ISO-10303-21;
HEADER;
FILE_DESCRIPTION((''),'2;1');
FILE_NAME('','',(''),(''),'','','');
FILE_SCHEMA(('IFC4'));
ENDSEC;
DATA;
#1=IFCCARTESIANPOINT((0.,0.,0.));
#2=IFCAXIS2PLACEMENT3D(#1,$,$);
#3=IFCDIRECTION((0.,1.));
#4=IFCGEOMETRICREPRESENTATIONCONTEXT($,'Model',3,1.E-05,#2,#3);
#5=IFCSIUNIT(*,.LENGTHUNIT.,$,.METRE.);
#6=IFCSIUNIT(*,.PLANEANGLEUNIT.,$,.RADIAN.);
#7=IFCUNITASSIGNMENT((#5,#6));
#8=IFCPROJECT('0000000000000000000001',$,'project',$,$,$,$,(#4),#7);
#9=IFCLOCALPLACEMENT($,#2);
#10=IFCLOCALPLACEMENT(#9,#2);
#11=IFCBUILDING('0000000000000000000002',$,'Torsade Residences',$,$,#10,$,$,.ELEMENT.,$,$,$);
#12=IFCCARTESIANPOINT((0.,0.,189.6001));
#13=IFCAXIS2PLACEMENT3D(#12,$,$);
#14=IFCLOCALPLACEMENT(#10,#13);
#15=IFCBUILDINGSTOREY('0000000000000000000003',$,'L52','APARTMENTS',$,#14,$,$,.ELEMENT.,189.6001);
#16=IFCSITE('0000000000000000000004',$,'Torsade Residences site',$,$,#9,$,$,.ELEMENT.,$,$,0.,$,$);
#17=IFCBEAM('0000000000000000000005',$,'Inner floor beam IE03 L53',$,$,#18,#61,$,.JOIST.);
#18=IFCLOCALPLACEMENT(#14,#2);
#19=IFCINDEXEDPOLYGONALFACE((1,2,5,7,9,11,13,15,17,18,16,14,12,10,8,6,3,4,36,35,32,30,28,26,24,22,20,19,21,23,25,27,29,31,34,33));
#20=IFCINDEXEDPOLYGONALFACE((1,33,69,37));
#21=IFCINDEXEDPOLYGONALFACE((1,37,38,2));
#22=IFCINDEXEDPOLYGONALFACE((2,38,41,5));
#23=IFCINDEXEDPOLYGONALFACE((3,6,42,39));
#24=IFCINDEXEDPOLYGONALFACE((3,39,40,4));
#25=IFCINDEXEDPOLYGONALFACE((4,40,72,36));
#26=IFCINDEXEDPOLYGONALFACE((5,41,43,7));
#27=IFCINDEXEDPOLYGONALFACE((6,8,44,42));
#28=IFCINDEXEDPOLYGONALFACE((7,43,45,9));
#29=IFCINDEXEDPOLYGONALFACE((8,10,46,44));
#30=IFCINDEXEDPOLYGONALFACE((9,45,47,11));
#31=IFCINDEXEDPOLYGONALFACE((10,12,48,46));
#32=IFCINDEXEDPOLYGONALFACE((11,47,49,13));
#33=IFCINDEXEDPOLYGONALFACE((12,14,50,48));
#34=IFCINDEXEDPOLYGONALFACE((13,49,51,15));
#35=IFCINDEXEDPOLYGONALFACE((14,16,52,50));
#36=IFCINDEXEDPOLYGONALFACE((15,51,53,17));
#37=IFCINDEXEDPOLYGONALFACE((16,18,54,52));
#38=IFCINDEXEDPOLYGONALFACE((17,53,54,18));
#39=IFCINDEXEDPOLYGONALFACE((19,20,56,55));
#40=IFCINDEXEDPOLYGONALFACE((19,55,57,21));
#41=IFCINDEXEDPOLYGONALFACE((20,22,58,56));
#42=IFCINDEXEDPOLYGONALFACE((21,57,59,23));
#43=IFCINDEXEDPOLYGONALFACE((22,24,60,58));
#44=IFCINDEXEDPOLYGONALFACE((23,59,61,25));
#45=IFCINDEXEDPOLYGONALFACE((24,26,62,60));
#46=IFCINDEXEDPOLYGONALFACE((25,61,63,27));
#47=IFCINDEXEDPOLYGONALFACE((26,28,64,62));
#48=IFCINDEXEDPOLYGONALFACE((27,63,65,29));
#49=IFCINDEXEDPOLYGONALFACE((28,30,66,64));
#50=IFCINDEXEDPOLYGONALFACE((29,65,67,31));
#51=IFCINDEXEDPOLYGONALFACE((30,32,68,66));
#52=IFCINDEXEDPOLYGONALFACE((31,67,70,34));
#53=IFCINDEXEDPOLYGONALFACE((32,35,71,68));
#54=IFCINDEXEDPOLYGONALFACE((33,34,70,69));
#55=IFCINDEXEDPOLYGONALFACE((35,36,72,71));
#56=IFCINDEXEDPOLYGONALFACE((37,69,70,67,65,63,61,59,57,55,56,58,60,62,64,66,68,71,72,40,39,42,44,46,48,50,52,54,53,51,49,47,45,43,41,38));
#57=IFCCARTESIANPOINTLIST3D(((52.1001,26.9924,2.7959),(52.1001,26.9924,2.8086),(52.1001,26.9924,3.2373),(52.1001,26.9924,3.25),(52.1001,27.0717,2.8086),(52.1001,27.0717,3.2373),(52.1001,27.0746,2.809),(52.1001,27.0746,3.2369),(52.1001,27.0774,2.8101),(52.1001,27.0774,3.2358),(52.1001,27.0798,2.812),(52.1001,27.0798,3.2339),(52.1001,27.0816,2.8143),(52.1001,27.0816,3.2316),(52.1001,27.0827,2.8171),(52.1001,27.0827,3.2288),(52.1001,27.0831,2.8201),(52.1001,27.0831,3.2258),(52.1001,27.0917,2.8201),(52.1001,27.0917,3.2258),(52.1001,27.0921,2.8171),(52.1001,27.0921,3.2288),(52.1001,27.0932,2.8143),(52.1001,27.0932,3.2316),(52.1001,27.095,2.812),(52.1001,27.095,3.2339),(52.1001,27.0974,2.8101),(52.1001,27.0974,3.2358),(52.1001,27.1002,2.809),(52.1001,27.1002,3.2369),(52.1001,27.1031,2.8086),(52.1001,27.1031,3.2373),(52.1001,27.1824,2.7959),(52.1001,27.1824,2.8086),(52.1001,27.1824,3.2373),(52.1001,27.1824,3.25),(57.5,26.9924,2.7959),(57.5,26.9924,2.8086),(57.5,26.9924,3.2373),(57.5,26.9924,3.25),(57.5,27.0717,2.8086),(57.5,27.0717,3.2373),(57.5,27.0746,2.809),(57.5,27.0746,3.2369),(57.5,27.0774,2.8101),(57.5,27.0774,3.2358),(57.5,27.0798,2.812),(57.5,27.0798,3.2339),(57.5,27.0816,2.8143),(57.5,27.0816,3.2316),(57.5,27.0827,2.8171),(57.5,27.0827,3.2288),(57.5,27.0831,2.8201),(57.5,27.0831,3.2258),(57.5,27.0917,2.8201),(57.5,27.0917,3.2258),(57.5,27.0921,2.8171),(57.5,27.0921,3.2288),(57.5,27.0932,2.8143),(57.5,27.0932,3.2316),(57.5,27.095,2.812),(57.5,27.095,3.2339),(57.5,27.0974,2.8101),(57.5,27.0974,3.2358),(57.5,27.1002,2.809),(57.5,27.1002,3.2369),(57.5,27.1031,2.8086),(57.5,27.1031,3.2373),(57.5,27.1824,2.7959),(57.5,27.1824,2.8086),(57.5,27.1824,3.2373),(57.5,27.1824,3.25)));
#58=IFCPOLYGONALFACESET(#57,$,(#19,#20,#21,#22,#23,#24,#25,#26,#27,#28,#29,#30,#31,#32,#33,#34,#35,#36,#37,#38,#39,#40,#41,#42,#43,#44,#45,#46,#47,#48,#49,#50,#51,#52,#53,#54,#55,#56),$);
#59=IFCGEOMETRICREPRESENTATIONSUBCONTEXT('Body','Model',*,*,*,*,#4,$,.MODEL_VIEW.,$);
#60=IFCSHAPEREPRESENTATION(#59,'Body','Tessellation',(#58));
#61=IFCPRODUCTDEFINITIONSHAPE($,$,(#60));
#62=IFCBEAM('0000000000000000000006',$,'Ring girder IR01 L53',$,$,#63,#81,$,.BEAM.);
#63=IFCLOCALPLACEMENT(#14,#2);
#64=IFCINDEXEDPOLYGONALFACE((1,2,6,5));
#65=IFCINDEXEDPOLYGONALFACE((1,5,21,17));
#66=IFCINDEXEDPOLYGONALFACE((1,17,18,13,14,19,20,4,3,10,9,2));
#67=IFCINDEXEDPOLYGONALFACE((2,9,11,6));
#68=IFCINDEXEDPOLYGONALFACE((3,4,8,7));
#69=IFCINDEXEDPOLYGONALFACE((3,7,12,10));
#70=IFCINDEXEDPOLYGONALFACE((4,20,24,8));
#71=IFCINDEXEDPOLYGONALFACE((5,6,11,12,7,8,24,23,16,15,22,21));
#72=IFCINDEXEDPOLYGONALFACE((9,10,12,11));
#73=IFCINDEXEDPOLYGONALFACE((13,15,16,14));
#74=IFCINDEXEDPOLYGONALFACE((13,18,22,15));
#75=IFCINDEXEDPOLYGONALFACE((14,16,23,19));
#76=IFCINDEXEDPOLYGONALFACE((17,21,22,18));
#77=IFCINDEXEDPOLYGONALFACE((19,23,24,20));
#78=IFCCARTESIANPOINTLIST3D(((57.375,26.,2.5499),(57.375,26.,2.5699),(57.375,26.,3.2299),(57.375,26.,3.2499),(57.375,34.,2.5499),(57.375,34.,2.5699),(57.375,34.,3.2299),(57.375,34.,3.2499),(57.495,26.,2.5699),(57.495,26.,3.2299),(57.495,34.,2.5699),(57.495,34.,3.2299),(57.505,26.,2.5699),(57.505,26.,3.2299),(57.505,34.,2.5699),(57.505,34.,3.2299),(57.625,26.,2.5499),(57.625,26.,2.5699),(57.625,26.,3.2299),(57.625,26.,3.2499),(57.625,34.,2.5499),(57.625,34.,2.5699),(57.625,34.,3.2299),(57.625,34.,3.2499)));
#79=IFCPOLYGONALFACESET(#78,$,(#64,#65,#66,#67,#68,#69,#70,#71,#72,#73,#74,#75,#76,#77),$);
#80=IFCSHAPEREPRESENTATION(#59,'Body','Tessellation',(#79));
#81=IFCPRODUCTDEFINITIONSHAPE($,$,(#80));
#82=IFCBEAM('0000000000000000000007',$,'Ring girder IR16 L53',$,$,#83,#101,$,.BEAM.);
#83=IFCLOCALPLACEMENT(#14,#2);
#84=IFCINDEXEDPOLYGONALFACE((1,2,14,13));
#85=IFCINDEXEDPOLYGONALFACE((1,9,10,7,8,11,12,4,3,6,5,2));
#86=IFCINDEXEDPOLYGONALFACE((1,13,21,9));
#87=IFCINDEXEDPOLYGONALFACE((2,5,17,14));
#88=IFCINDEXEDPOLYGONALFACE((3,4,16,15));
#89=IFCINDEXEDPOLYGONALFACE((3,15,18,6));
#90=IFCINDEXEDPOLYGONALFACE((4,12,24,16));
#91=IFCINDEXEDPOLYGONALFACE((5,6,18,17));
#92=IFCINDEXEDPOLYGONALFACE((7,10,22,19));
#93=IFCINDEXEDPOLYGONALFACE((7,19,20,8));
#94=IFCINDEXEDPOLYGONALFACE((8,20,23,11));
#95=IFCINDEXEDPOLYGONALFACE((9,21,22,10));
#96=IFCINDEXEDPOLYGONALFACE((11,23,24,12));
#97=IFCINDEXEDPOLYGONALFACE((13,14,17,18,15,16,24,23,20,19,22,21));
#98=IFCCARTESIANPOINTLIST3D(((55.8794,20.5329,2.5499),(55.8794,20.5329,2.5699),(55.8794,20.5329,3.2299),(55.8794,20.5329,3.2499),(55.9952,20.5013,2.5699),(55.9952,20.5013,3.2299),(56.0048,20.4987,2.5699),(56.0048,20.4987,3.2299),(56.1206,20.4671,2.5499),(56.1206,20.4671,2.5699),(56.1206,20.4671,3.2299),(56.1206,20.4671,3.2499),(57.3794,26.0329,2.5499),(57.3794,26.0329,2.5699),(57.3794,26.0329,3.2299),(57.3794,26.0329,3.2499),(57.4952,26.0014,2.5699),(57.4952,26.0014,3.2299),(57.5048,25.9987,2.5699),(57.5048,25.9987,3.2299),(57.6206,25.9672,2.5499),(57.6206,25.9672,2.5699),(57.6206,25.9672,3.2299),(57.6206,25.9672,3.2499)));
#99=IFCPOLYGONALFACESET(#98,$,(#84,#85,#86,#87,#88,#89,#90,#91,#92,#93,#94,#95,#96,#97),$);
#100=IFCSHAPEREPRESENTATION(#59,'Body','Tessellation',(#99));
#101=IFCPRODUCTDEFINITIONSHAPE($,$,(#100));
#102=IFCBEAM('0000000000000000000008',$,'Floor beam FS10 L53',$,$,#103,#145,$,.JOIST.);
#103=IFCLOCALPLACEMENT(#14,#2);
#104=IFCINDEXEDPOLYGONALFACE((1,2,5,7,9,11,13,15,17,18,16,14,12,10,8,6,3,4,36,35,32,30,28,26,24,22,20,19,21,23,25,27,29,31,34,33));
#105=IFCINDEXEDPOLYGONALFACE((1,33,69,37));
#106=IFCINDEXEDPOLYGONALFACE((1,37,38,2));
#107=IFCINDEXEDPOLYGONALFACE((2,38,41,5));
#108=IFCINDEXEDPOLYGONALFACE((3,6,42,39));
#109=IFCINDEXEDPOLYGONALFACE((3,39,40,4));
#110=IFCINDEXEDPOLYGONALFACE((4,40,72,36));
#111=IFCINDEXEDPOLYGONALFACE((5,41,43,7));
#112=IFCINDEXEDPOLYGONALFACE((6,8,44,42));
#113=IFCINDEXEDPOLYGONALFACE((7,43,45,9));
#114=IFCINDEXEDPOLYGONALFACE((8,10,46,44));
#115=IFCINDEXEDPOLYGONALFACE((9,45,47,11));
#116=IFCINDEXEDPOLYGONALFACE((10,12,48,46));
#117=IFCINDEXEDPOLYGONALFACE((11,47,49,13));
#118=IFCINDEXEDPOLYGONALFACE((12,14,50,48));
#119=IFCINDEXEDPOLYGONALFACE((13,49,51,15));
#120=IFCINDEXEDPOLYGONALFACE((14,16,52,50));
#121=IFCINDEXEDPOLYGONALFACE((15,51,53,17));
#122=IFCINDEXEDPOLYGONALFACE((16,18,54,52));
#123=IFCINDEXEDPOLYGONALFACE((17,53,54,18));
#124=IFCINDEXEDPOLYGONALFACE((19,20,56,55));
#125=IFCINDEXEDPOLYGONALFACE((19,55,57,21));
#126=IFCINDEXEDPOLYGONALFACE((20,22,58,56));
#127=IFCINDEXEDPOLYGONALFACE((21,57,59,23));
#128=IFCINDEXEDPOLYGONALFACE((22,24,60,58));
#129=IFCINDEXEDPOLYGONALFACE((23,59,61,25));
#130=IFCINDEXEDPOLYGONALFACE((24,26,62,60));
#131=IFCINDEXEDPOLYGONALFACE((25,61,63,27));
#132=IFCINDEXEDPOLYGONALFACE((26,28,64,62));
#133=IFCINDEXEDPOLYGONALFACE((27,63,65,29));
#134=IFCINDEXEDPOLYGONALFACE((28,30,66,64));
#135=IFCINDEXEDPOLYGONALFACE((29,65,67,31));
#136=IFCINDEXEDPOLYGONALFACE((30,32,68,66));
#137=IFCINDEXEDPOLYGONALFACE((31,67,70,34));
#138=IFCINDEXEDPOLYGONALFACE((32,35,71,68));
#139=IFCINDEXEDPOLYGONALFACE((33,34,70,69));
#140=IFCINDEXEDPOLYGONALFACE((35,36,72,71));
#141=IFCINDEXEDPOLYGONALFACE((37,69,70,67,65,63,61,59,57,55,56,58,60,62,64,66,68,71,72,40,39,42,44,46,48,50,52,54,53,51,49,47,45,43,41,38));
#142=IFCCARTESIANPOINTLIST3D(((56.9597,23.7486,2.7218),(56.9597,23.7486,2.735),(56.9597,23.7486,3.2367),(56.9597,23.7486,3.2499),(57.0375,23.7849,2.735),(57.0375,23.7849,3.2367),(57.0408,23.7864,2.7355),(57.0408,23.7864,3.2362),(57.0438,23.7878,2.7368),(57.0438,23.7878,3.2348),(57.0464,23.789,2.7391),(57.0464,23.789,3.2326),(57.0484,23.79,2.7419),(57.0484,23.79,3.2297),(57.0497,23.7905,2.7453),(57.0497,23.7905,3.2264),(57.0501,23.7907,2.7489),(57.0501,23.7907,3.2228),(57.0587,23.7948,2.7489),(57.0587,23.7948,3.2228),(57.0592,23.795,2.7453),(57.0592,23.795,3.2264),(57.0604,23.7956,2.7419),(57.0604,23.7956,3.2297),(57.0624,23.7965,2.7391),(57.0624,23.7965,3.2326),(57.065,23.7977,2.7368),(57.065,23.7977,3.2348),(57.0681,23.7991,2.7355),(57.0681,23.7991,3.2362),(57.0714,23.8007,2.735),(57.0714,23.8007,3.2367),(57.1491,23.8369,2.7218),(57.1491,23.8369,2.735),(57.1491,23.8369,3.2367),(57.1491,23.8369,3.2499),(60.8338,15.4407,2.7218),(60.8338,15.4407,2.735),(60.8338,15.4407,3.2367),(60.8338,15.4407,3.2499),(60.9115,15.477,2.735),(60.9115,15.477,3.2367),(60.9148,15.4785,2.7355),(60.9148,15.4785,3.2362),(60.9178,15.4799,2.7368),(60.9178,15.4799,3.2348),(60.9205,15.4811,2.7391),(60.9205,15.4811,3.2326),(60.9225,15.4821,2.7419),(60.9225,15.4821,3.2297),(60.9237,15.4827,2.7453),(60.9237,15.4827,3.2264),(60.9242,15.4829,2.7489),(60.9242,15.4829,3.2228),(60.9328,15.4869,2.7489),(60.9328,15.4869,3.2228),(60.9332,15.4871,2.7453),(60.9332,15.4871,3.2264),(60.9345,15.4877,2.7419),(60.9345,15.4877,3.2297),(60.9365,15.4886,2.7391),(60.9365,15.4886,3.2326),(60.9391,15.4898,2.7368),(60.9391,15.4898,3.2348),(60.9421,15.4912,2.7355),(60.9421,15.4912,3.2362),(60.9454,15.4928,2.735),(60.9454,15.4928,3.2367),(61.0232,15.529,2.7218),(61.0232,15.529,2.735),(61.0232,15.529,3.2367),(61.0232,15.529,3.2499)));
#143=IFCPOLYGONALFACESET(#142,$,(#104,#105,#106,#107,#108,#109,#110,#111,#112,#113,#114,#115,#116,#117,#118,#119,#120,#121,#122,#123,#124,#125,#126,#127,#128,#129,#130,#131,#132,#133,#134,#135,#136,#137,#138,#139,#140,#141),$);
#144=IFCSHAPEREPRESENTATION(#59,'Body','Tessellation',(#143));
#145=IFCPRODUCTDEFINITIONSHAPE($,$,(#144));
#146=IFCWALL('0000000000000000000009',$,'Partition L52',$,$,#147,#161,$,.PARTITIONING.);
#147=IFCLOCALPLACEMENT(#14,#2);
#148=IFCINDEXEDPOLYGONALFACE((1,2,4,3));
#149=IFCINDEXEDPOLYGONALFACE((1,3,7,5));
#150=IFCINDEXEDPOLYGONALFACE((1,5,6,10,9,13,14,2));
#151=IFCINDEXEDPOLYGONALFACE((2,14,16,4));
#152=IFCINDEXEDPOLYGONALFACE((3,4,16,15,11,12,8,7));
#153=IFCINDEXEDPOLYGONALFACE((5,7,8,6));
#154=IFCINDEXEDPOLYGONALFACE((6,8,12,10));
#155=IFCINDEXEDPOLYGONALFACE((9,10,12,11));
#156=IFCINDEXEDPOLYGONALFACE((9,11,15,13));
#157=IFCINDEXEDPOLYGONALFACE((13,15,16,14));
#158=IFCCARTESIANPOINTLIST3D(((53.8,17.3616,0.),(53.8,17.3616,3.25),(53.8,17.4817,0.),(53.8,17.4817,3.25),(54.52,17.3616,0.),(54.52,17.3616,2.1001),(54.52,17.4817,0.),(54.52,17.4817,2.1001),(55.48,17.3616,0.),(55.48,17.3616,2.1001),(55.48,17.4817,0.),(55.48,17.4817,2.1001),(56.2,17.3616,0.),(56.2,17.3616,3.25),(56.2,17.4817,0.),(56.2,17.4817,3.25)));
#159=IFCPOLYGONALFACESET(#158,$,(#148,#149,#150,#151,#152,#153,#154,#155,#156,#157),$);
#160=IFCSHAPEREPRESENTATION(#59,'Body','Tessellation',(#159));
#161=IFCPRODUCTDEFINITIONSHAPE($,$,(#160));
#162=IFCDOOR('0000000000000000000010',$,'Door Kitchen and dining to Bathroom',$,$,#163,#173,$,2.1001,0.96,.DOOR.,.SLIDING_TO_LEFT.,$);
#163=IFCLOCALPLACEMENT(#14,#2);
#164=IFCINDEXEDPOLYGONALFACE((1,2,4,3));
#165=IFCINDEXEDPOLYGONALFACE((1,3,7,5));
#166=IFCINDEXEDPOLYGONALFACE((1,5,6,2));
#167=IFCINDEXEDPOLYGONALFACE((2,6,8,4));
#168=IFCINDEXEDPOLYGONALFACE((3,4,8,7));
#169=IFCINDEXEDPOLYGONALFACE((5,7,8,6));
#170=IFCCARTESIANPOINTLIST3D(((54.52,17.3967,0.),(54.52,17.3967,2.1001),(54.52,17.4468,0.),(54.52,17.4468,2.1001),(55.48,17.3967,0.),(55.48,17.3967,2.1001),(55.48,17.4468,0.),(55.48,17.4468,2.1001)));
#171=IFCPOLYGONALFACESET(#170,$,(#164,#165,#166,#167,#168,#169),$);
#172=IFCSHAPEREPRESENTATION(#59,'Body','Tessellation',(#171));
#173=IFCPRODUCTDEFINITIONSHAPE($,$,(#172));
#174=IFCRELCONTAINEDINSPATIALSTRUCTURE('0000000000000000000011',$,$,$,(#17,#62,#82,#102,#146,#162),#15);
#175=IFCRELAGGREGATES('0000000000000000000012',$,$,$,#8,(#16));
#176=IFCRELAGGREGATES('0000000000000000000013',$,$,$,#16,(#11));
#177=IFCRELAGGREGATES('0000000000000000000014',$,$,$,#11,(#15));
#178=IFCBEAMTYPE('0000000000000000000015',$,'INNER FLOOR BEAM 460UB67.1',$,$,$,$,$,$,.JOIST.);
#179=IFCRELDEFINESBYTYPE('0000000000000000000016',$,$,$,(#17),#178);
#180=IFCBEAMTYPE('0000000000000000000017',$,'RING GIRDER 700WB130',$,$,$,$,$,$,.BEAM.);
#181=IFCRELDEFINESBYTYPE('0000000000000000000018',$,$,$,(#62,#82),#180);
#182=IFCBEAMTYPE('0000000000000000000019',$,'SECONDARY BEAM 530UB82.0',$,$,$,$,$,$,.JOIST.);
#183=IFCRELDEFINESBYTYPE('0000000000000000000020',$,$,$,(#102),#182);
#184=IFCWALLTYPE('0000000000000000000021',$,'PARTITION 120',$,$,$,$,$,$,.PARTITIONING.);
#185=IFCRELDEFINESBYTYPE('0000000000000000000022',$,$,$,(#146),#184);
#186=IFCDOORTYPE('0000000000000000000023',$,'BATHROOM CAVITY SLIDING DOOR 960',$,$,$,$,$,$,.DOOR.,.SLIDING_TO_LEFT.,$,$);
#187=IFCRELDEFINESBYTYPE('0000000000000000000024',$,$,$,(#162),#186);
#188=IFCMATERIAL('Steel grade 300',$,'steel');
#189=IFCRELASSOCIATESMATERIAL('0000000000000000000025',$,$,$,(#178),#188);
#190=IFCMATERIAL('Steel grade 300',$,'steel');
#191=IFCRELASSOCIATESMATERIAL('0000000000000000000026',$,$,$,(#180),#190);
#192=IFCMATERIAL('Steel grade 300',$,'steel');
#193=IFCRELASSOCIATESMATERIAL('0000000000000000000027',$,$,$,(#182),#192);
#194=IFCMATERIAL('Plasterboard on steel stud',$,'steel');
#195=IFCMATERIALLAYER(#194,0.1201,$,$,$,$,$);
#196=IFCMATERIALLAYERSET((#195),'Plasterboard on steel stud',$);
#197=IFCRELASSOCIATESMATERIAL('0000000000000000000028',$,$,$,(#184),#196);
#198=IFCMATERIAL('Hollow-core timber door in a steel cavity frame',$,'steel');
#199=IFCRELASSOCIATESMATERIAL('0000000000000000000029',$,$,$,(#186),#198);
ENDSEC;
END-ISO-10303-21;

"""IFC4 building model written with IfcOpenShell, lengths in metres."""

from ifc_helpers import new_model, si_unit, direction, frame, frame_2d, origin, origin_2d, place, context, subcontext, project, spatial, rectangle, i_section, extrude, material, layer, layer_set, material_profile, profile_set, type_object, element, fill, save


model = new_model("IFC4")

# Units and contexts
model_context = context("Model", 3, precision=1e-05, world=origin(), true_north=direction((0.0, 1.0)))
body_context = subcontext(model_context, "Body", "Model", "MODEL_VIEW")
ifc_project = project(units=[si_unit("LENGTHUNIT", "METRE"), si_unit("PLANEANGLEUNIT", "RADIAN")], contexts=[model_context])

# Site, building, storey
site_placement = place(None, origin())
site = spatial("IfcSite", under=ifc_project, at=site_placement, Name="Torsade Residences site", CompositionType="ELEMENT", RefElevation=0.0)
building_placement = place(site_placement, origin())
building = spatial("IfcBuilding", under=site, at=building_placement, Name="Torsade Residences", CompositionType="ELEMENT")
storey_placement = place(building_placement, frame((0.0, 0.0, 189.6001)))
storey = spatial("IfcBuildingStorey", under=building, at=storey_placement, Name="L52", Description="APARTMENTS", CompositionType="ELEMENT", Elevation=189.6001)

# Beams
ifc_material_1 = material(Name="Steel grade 300", Category="steel")
ifc_material_profile_1 = material_profile(ifc_material_1, i_section(OverallWidth=0.1899, OverallDepth=0.4541, WebThickness=0.0085, FlangeThickness=0.0127, FilletRadius=0.0115, at=origin_2d()), Name="460UB67.1")
ifc_profile_set_1 = profile_set([ifc_material_profile_1], Name="Steel grade 300")
beam_type_1 = type_object("IfcBeamType", Name="INNER FLOOR BEAM 460UB67.1", PredefinedType="JOIST", material=ifc_profile_set_1)
beam_1_placement = place(storey_placement, frame((52.1001, 27.0874, 3.0229), z_axis=(1.0, 0.0, 0.0), x_axis=(0.0, 1.0, 0.0)))
element("IfcBeam", 1, at=beam_1_placement, inside=storey, type_object=beam_type_1, Name="Inner floor beam IE03 L53", PredefinedType="JOIST", context=body_context, shape_type="SweptSolid", body=[
    extrude(i_section(OverallWidth=0.1899, OverallDepth=0.4541, WebThickness=0.0085, FlangeThickness=0.0127, FilletRadius=0.0115, at=origin_2d()), origin(), (0.0, 0.0, 1.0), 5.3999),
])
ifc_material_2 = material(Name="Steel grade 300", Category="steel")
ifc_material_profile_2 = material_profile(ifc_material_2, i_section(OverallWidth=0.25, OverallDepth=0.7, WebThickness=0.01, FlangeThickness=0.02, at=origin_2d()), Name="700WB130")
ifc_profile_set_2 = profile_set([ifc_material_profile_2], Name="Steel grade 300")
beam_type_2 = type_object("IfcBeamType", Name="RING GIRDER 700WB130", PredefinedType="BEAM", material=ifc_profile_set_2)
beam_2_placement = place(storey_placement, frame((57.5, 26.0, 2.8999), z_axis=(0.0, 1.0, 0.0), x_axis=(-1.0, 0.0, 0.0)))
element("IfcBeam", 2, at=beam_2_placement, inside=storey, type_object=beam_type_2, Name="Ring girder IR01 L53", PredefinedType="BEAM", context=body_context, shape_type="SweptSolid", body=[
    extrude(i_section(OverallWidth=0.25, OverallDepth=0.7, WebThickness=0.01, FlangeThickness=0.02, at=origin_2d()), origin(), (0.0, 0.0, 1.0), 8.0),
])
beam_3_placement = place(storey_placement, frame((56.0, 20.5, 2.8999), z_axis=(0.263117, 0.964764, 0.0), x_axis=(-0.964764, 0.263117, 0.0)))
element("IfcBeam", 3, at=beam_3_placement, inside=storey, type_object=beam_type_2, Name="Ring girder IR16 L53", PredefinedType="BEAM", context=body_context, shape_type="SweptSolid", body=[
    extrude(i_section(OverallWidth=0.25, OverallDepth=0.7, WebThickness=0.01, FlangeThickness=0.02, at=origin_2d()), origin(), (0.0, 0.0, 1.0), 5.7009),
])
ifc_material_3 = material(Name="Steel grade 300", Category="steel")
ifc_material_profile_3 = material_profile(ifc_material_3, i_section(OverallWidth=0.209, OverallDepth=0.5281, WebThickness=0.0095, FlangeThickness=0.0132, FilletRadius=0.0139, at=origin_2d()), Name="530UB82.0")
ifc_profile_set_3 = profile_set([ifc_material_profile_3], Name="Steel grade 300")
beam_type_3 = type_object("IfcBeamType", Name="SECONDARY BEAM 530UB82.0", PredefinedType="JOIST", material=ifc_profile_set_3)
beam_4_placement = place(storey_placement, frame((60.9285, 15.4849, 2.9858), z_axis=(-0.422619, 0.906308, 0.0), x_axis=(-0.906308, -0.422619, 0.0)))
element("IfcBeam", 4, at=beam_4_placement, inside=storey, type_object=beam_type_3, Name="Floor beam FS10 L53", PredefinedType="JOIST", context=body_context, shape_type="SweptSolid", body=[
    extrude(i_section(OverallWidth=0.209, OverallDepth=0.5281, WebThickness=0.0095, FlangeThickness=0.0132, FilletRadius=0.0139, at=origin_2d()), origin(), (0.0, 0.0, 1.0), 9.1667),
])

# Wall, opening, door
ifc_material_4 = material(Name="Plasterboard on steel stud", Category="steel")
ifc_layer = layer(ifc_material_4, 0.1201)
ifc_layer_set = layer_set([ifc_layer], Name="Plasterboard on steel stud")
wall_type = type_object("IfcWallType", Name="PARTITION 120", PredefinedType="PARTITIONING", material=ifc_layer_set)
wall_1_placement = place(storey_placement, frame((56.2, 17.4216, 0.0), z_axis=(0.0, 0.0, 1.0), x_axis=(-1.0, 0.0, 0.0)))
wall_1 = element("IfcWall", 5, at=wall_1_placement, inside=storey, type_object=wall_type, Name="Partition L52", PredefinedType="PARTITIONING", context=body_context, shape_type="SweptSolid", body=[
    extrude(rectangle(XDim=2.3999, YDim=0.1201, at=frame_2d((1.2, 0.0))), origin(), (0.0, 0.0, 1.0), 3.25),
])
opening_1_placement = place(wall_1_placement, frame((0.72, 0.0, 0.0)))
opening_1 = element("IfcOpeningElement", 6, at=opening_1_placement, cuts=wall_1, PredefinedType="OPENING", context=body_context, shape_type="SweptSolid", body=[
    extrude(rectangle(XDim=0.96, YDim=2.1001, at=frame_2d((0.48, 1.05))), frame((0.0, 0.0701, 0.0), z_axis=(0.0, -1.0, 0.0), x_axis=(1.0, 0.0, 0.0)), (0.0, 0.0, 1.0), 0.1401),
])
ifc_material_5 = material(Name="Hollow-core timber door in a steel cavity frame", Category="steel")
door_type = type_object("IfcDoorType", Name="BATHROOM CAVITY SLIDING DOOR 960", OperationType="SLIDING_TO_LEFT", PredefinedType="DOOR", material=ifc_material_5)
door_1_placement = place(opening_1_placement, origin())
door_1 = element("IfcDoor", 7, at=door_1_placement, inside=storey, type_object=door_type, Name="Door Kitchen and dining to Bathroom", OperationType="SLIDING_TO_LEFT", OverallHeight=2.1001, OverallWidth=0.96, PredefinedType="DOOR", context=body_context, shape_type="SweptSolid", body=[
    extrude(rectangle(XDim=0.96, YDim=2.1001, at=frame_2d((0.48, 1.05))), frame((0.0, 0.0249, 0.0), z_axis=(0.0, -1.0, 0.0), x_axis=(1.0, 0.0, 0.0)), (0.0, 0.0, 1.0), 0.05),
])
fill(opening_1, door_1)

save(model, "model.ifc")
